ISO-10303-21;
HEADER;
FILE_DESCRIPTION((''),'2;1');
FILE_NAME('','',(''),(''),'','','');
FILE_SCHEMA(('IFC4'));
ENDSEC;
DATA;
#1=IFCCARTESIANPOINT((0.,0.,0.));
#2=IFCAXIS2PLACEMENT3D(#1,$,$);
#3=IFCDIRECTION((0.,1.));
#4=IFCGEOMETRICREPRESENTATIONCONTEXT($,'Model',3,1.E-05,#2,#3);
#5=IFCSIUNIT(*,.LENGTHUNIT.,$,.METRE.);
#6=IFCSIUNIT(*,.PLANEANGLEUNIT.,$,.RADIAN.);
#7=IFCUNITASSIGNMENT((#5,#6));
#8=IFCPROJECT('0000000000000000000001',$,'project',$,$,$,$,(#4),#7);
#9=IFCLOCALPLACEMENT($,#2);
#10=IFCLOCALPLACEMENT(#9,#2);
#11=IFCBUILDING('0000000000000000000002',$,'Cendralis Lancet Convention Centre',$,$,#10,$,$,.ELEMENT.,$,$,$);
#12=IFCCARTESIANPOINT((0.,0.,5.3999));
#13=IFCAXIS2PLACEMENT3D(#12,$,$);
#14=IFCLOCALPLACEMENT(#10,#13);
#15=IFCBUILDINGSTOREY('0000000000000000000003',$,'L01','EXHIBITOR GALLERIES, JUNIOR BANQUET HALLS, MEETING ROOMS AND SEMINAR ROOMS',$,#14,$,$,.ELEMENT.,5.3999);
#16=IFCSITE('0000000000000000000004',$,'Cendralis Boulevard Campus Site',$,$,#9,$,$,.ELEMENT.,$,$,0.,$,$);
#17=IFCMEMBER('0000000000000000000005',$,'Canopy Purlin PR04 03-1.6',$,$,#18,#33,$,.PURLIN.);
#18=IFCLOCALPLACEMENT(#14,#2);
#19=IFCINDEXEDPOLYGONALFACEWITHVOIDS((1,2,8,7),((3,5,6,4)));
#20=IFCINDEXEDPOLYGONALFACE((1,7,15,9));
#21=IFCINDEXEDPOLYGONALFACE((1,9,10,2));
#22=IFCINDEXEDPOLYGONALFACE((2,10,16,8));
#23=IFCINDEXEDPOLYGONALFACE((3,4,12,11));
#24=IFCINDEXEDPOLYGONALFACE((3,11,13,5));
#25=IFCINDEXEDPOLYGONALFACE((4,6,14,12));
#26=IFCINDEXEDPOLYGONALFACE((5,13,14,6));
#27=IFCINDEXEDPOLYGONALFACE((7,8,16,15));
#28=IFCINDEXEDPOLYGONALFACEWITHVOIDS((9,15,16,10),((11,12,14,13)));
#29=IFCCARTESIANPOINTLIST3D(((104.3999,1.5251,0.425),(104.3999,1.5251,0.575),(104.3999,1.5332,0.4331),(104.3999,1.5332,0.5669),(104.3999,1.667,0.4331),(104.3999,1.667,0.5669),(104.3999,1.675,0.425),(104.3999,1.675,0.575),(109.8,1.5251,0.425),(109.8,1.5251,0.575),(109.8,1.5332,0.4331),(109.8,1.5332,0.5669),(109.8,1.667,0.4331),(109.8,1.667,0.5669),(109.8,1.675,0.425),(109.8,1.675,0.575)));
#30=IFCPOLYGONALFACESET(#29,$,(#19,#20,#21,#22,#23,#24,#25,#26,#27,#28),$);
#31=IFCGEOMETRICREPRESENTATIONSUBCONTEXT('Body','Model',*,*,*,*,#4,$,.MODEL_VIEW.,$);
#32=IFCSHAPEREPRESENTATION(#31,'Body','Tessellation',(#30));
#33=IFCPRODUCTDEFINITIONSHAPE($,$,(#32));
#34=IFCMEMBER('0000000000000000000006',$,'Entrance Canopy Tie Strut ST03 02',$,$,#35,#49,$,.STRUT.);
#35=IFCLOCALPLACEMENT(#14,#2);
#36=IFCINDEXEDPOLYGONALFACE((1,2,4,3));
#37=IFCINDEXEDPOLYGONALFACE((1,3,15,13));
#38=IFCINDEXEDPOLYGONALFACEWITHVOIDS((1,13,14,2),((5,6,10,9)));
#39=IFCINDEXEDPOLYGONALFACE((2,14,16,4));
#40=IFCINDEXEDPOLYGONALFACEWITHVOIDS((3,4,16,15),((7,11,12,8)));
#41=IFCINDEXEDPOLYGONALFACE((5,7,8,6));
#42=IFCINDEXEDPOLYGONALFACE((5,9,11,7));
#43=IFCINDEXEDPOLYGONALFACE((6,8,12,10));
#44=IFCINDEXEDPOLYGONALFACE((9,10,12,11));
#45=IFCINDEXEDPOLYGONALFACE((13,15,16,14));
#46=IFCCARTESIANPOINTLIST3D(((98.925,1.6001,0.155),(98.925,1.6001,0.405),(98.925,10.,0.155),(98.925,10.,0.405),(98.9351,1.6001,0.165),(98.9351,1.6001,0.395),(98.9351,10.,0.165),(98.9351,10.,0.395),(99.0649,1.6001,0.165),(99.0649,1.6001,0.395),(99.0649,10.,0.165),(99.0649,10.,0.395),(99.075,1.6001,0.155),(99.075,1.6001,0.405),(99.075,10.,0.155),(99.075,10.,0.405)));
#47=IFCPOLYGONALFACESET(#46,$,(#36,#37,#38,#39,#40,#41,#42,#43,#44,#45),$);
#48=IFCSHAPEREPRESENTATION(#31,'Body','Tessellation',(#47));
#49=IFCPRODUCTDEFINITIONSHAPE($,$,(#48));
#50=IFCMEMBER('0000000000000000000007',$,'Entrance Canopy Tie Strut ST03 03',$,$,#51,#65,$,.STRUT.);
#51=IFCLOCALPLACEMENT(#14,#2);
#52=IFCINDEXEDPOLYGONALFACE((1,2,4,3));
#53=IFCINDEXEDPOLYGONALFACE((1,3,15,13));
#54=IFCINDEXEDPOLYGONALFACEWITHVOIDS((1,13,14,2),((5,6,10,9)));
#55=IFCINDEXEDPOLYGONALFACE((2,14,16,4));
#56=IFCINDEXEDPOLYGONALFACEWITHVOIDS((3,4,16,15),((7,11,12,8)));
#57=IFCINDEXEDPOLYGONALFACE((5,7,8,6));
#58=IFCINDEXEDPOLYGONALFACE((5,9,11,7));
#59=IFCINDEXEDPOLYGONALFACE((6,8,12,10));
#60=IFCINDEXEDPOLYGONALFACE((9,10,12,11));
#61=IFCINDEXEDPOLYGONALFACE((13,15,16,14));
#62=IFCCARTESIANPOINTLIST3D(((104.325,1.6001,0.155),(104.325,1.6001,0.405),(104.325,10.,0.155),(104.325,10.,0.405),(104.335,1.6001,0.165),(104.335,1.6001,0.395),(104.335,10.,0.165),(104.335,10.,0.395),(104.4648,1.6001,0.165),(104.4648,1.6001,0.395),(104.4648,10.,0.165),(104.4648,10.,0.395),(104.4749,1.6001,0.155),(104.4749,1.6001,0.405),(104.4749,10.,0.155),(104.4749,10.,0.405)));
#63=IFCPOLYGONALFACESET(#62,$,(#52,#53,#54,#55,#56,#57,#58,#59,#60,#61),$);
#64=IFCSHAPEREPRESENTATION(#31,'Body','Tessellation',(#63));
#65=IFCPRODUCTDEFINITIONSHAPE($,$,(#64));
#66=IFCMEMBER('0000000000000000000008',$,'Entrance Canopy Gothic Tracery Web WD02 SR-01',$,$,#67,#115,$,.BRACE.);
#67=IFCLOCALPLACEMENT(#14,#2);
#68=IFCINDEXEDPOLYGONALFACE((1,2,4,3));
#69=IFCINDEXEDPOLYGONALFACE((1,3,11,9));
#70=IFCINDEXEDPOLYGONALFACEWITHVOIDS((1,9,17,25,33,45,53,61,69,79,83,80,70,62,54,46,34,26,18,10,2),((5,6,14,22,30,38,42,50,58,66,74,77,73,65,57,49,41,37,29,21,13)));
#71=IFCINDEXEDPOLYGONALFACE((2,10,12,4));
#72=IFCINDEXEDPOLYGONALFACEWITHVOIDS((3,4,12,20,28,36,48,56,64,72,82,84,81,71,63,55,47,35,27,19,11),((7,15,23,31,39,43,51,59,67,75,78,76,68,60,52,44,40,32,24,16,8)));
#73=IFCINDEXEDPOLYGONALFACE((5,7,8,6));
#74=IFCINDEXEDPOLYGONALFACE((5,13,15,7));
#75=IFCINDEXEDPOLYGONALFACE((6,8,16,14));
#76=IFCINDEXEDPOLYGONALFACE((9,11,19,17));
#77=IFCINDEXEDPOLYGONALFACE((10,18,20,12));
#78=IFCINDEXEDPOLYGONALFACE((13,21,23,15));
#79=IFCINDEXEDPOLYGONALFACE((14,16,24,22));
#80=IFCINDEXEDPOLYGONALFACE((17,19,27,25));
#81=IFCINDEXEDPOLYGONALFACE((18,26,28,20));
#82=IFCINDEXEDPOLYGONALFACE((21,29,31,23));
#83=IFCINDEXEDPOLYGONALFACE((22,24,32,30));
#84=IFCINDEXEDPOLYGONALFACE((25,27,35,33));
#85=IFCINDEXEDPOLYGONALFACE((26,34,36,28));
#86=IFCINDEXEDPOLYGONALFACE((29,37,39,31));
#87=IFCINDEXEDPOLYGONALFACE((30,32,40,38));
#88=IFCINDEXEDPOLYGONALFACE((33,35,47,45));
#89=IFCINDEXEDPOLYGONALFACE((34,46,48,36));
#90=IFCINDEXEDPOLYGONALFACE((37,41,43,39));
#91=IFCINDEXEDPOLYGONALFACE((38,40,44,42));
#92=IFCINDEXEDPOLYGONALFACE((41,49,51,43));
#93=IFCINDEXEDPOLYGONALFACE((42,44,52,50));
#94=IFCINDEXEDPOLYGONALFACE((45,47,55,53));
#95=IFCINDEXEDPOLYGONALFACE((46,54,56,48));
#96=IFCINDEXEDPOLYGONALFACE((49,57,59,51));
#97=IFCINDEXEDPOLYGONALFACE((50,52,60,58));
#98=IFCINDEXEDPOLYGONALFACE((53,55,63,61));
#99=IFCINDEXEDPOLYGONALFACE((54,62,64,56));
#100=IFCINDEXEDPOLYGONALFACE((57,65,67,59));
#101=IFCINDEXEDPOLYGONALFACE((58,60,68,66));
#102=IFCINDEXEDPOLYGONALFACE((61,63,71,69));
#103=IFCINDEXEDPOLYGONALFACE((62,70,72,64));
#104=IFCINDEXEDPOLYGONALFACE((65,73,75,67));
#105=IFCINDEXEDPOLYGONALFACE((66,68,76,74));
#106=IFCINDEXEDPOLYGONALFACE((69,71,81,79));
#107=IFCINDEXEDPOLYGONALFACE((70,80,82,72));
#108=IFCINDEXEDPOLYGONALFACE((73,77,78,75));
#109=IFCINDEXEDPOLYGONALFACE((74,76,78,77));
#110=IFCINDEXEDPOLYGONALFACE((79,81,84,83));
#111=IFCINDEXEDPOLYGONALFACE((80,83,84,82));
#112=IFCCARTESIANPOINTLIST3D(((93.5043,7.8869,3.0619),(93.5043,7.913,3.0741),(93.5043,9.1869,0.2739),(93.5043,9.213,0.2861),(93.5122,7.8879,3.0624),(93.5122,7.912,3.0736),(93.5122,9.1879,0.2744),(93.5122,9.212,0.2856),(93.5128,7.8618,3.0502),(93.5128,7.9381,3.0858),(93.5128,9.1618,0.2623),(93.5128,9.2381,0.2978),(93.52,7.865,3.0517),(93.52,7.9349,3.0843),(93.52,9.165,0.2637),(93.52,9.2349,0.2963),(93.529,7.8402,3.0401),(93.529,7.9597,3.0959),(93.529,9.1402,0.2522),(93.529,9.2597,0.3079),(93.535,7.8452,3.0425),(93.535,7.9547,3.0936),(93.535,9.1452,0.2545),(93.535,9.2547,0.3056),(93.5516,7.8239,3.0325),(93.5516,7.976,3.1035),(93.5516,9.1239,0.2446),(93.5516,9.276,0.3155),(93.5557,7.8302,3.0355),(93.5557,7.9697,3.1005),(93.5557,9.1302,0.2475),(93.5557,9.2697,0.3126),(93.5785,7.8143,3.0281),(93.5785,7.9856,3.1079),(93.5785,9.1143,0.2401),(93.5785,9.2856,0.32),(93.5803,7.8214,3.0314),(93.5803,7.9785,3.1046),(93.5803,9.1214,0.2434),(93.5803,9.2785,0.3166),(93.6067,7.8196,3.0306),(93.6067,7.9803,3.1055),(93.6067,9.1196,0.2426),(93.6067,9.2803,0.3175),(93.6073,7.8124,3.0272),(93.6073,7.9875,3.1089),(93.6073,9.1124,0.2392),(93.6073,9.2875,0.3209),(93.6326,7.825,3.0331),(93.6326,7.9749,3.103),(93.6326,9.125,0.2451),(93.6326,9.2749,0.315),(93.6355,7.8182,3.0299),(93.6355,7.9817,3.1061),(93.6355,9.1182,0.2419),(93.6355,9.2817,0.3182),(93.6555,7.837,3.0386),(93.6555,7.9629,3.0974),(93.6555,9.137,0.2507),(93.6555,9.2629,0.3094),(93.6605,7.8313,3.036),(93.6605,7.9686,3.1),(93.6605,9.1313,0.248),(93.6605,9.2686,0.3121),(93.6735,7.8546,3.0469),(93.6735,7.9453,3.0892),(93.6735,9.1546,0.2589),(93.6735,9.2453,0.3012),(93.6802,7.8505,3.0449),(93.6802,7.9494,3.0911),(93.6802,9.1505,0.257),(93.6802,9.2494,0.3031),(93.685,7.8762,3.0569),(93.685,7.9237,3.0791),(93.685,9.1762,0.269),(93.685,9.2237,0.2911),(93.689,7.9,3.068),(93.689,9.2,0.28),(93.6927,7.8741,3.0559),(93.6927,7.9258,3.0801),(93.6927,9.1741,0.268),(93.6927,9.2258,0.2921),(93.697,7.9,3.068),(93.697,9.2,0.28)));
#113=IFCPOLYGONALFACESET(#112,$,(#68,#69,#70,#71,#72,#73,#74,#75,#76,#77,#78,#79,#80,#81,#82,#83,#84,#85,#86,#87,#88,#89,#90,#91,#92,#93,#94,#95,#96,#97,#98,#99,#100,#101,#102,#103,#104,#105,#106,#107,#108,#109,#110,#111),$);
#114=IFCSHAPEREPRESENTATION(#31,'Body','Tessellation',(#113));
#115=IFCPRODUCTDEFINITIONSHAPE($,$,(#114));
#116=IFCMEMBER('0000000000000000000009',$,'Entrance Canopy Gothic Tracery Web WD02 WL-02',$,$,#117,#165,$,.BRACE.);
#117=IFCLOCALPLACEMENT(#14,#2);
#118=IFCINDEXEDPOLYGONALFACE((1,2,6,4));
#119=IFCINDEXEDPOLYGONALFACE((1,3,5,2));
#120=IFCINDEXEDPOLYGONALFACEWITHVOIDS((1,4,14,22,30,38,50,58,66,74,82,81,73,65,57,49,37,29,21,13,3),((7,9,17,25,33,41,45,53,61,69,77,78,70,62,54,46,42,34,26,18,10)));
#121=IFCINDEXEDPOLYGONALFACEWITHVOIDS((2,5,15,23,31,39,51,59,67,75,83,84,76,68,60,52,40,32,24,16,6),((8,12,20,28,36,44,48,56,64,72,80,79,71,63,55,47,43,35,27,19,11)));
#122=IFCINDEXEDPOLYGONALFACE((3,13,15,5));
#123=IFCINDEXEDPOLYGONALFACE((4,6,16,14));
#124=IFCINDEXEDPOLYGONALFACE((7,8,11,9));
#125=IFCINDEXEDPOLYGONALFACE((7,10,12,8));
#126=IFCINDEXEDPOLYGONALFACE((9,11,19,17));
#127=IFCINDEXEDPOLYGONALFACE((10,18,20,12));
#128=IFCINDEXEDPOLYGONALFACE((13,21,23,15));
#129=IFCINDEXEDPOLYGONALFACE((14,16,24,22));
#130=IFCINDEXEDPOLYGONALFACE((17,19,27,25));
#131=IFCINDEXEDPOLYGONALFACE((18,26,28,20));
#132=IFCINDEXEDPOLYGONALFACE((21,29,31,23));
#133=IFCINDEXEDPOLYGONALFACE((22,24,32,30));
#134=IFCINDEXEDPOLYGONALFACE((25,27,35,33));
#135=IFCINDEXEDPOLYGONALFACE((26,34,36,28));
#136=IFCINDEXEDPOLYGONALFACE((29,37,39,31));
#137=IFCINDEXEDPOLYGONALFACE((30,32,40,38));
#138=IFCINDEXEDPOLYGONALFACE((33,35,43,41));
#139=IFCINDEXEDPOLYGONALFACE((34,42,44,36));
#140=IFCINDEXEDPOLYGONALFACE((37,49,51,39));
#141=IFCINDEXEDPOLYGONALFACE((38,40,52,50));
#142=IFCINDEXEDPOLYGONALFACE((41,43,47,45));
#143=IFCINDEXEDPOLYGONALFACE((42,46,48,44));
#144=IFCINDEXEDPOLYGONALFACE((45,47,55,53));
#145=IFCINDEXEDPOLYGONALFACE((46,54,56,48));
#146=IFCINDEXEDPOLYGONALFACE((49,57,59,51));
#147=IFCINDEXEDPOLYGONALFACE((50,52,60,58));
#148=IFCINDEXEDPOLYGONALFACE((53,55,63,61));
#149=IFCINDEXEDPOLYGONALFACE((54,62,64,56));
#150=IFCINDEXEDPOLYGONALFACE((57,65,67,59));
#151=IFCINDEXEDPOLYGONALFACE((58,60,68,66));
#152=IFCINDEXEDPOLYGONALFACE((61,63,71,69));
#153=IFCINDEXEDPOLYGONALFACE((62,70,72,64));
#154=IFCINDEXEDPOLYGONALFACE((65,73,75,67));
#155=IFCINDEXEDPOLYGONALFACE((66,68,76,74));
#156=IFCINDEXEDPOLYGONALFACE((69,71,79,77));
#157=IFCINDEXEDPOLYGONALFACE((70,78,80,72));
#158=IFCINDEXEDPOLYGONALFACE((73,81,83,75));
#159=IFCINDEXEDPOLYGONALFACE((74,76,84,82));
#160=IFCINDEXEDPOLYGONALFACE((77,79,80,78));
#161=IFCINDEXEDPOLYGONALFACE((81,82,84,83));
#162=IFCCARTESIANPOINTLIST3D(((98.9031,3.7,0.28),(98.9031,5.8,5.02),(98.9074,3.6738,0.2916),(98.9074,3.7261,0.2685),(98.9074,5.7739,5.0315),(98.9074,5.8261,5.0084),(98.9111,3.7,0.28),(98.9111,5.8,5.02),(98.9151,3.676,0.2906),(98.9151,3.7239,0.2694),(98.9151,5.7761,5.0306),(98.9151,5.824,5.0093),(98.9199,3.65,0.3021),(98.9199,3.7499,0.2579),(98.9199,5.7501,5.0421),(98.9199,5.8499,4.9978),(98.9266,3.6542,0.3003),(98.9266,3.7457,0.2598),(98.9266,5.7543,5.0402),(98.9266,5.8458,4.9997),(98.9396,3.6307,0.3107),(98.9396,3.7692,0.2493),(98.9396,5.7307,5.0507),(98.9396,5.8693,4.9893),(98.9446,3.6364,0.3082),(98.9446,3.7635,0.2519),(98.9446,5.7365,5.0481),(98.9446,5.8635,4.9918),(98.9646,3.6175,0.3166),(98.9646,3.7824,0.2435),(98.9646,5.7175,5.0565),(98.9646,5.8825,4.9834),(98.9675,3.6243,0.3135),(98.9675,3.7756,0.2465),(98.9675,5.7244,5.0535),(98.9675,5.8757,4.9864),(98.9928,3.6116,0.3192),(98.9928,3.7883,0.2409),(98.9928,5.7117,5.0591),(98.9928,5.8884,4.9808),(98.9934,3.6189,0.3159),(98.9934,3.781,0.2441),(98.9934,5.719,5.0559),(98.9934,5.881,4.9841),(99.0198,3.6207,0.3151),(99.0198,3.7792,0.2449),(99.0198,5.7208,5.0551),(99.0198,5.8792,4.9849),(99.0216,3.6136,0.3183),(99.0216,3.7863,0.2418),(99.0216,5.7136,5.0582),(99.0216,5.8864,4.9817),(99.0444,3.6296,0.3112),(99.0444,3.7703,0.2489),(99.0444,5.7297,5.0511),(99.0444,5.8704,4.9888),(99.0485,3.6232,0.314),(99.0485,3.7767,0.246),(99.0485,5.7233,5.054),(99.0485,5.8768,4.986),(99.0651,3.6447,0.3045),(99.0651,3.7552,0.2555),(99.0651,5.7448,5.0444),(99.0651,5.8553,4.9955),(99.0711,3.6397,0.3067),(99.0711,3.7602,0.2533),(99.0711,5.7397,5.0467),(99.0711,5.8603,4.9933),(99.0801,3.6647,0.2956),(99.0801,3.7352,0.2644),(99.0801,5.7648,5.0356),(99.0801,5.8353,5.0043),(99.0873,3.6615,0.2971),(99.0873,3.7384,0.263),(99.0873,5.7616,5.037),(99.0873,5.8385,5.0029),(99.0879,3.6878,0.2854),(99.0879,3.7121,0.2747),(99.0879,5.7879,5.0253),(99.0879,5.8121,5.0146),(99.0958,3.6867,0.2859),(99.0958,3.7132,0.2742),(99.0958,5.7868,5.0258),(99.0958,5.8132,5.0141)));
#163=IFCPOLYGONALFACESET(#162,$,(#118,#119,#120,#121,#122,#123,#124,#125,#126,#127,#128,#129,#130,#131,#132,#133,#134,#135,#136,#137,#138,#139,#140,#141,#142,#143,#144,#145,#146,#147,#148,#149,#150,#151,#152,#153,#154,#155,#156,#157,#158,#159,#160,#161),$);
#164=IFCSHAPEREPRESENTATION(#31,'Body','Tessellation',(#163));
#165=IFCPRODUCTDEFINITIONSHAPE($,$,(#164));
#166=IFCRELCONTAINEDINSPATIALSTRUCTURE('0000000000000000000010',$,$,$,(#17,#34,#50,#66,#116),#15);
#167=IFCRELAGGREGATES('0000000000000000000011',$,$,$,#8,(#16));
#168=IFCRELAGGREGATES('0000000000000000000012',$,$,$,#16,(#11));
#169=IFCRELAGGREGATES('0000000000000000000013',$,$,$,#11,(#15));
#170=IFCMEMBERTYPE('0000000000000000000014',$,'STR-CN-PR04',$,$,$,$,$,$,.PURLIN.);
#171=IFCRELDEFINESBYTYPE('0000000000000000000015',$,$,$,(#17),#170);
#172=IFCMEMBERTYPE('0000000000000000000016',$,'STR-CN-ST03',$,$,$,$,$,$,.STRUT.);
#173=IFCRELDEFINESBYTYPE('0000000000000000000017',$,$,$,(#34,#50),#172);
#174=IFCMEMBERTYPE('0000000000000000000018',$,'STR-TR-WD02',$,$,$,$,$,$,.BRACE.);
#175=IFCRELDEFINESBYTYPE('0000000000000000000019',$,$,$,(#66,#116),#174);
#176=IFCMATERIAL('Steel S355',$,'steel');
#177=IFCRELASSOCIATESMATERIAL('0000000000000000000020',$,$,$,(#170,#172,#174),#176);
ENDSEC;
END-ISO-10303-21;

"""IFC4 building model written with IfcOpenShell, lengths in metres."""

from ifc_helpers import new_model, si_unit, direction, frame, origin, origin_2d, place, context, subcontext, project, spatial, hollow_rectangle, hollow_circle, extrude, material, material_profile, profile_set, type_object, element, save


model = new_model("IFC4")

# Units and contexts
model_context = context("Model", 3, precision=1e-05, world=origin(), true_north=direction((0.0, 1.0)))
body_context = subcontext(model_context, "Body", "Model", "MODEL_VIEW")
ifc_project = project(units=[si_unit("LENGTHUNIT", "METRE"), si_unit("PLANEANGLEUNIT", "RADIAN")], contexts=[model_context])

# Site, building, storey
site_placement = place(None, origin())
site = spatial("IfcSite", under=ifc_project, at=site_placement, Name="Cendralis Boulevard Campus Site", CompositionType="ELEMENT", RefElevation=0.0)
building_placement = place(site_placement, origin())
building = spatial("IfcBuilding", under=site, at=building_placement, Name="Cendralis Lancet Convention Centre", CompositionType="ELEMENT")
storey_placement = place(building_placement, frame((0.0, 0.0, 5.3999)))
storey = spatial("IfcBuildingStorey", under=building, at=storey_placement, Name="L01", Description="EXHIBITOR GALLERIES, JUNIOR BANQUET HALLS, MEETING ROOMS AND SEMINAR ROOMS", CompositionType="ELEMENT", Elevation=5.3999)

# Members
ifc_material = material(Name="Steel S355", Category="steel")
ifc_material_profile_1 = material_profile(ifc_material, hollow_rectangle(XDim=0.1499, YDim=0.1499, WallThickness=0.0081, at=origin_2d()), Name="SHS 150x150x8.0")
ifc_profile_set_1 = profile_set([ifc_material_profile_1], Name="Steel S355")
member_type_1 = type_object("IfcMemberType", Name="STR-CN-PR04", PredefinedType="PURLIN", material=ifc_profile_set_1)
member_1_placement = place(storey_placement, frame((104.3999, 1.6001, 0.5), z_axis=(1.0, 0.0, 0.0), x_axis=(0.0, 1.0, 0.0)))
element("IfcMember", 1, at=member_1_placement, inside=storey, type_object=member_type_1, Name="Canopy Purlin PR04 03-1.6", PredefinedType="PURLIN", context=body_context, shape_type="SweptSolid", body=[
    extrude(hollow_rectangle(XDim=0.1499, YDim=0.1499, WallThickness=0.0081, at=origin_2d()), origin(), (0.0, 0.0, 1.0), 5.4001),
])
ifc_material_profile_2 = material_profile(ifc_material, hollow_rectangle(XDim=0.1499, YDim=0.25, WallThickness=0.01, at=origin_2d()), Name="RHS 250x150x10.0")
ifc_profile_set_2 = profile_set([ifc_material_profile_2], Name="Steel S355")
member_type_2 = type_object("IfcMemberType", Name="STR-CN-ST03", PredefinedType="STRUT", material=ifc_profile_set_2)
for number, where, z_axis, x_axis, name in (
    (2, (99.0, 1.6001, 0.28), (0.0, 1.0, 0.0), (-1.0, 0.0, 0.0), "Entrance Canopy Tie Strut ST03 02"),
    (3, (104.3999, 1.6001, 0.28), (0.0, 1.0, 0.0), (-1.0, 0.0, 0.0), "Entrance Canopy Tie Strut ST03 03"),
):
    element("IfcMember", number, at=place(storey_placement, frame(where, z_axis=z_axis, x_axis=x_axis)), inside=storey, type_object=member_type_2, Name=name, PredefinedType="STRUT", context=body_context, shape_type="SweptSolid", body=[
        extrude(hollow_rectangle(XDim=0.1499, YDim=0.25, WallThickness=0.01, at=origin_2d()), origin(), (0.0, 0.0, 1.0), 8.3999),
    ])
ifc_material_profile_3 = material_profile(ifc_material, hollow_circle(Radius=0.0969, WallThickness=0.0081, at=origin_2d()), Name="CHS 193.7x8.0")
ifc_profile_set_3 = profile_set([ifc_material_profile_3], Name="Steel S355")
member_type_3 = type_object("IfcMemberType", Name="STR-TR-WD02", PredefinedType="BRACE", material=ifc_profile_set_3)
member_2_placement = place(storey_placement, frame((93.6001, 9.2, 0.28), z_axis=(0.0, -0.422603, 0.906315), x_axis=(1.0, 0.0, 0.0)))
element("IfcMember", 4, at=member_2_placement, inside=storey, type_object=member_type_3, Name="Entrance Canopy Gothic Tracery Web WD02 SR-01", PredefinedType="BRACE", context=body_context, shape_type="SweptSolid", body=[
    extrude(hollow_circle(Radius=0.0969, WallThickness=0.0081, at=origin_2d()), origin(), (0.0, 0.0, 1.0), 3.0762),
])
for number, where, z_axis, x_axis, name in (
    (5, (99.0, 3.7, 0.28), (0.0, 0.405081, 0.914281), (-1.0, 0.0, 0.0), "Entrance Canopy Gothic Tracery Web WD02 WL-02"),
):
    element("IfcMember", number, at=place(storey_placement, frame(where, z_axis=z_axis, x_axis=x_axis)), inside=storey, type_object=member_type_3, Name=name, PredefinedType="BRACE", context=body_context, shape_type="SweptSolid", body=[
        extrude(hollow_circle(Radius=0.0969, WallThickness=0.0081, at=origin_2d()), origin(), (0.0, 0.0, 1.0), 5.1843),
    ])

save(model, "model.ifc")
